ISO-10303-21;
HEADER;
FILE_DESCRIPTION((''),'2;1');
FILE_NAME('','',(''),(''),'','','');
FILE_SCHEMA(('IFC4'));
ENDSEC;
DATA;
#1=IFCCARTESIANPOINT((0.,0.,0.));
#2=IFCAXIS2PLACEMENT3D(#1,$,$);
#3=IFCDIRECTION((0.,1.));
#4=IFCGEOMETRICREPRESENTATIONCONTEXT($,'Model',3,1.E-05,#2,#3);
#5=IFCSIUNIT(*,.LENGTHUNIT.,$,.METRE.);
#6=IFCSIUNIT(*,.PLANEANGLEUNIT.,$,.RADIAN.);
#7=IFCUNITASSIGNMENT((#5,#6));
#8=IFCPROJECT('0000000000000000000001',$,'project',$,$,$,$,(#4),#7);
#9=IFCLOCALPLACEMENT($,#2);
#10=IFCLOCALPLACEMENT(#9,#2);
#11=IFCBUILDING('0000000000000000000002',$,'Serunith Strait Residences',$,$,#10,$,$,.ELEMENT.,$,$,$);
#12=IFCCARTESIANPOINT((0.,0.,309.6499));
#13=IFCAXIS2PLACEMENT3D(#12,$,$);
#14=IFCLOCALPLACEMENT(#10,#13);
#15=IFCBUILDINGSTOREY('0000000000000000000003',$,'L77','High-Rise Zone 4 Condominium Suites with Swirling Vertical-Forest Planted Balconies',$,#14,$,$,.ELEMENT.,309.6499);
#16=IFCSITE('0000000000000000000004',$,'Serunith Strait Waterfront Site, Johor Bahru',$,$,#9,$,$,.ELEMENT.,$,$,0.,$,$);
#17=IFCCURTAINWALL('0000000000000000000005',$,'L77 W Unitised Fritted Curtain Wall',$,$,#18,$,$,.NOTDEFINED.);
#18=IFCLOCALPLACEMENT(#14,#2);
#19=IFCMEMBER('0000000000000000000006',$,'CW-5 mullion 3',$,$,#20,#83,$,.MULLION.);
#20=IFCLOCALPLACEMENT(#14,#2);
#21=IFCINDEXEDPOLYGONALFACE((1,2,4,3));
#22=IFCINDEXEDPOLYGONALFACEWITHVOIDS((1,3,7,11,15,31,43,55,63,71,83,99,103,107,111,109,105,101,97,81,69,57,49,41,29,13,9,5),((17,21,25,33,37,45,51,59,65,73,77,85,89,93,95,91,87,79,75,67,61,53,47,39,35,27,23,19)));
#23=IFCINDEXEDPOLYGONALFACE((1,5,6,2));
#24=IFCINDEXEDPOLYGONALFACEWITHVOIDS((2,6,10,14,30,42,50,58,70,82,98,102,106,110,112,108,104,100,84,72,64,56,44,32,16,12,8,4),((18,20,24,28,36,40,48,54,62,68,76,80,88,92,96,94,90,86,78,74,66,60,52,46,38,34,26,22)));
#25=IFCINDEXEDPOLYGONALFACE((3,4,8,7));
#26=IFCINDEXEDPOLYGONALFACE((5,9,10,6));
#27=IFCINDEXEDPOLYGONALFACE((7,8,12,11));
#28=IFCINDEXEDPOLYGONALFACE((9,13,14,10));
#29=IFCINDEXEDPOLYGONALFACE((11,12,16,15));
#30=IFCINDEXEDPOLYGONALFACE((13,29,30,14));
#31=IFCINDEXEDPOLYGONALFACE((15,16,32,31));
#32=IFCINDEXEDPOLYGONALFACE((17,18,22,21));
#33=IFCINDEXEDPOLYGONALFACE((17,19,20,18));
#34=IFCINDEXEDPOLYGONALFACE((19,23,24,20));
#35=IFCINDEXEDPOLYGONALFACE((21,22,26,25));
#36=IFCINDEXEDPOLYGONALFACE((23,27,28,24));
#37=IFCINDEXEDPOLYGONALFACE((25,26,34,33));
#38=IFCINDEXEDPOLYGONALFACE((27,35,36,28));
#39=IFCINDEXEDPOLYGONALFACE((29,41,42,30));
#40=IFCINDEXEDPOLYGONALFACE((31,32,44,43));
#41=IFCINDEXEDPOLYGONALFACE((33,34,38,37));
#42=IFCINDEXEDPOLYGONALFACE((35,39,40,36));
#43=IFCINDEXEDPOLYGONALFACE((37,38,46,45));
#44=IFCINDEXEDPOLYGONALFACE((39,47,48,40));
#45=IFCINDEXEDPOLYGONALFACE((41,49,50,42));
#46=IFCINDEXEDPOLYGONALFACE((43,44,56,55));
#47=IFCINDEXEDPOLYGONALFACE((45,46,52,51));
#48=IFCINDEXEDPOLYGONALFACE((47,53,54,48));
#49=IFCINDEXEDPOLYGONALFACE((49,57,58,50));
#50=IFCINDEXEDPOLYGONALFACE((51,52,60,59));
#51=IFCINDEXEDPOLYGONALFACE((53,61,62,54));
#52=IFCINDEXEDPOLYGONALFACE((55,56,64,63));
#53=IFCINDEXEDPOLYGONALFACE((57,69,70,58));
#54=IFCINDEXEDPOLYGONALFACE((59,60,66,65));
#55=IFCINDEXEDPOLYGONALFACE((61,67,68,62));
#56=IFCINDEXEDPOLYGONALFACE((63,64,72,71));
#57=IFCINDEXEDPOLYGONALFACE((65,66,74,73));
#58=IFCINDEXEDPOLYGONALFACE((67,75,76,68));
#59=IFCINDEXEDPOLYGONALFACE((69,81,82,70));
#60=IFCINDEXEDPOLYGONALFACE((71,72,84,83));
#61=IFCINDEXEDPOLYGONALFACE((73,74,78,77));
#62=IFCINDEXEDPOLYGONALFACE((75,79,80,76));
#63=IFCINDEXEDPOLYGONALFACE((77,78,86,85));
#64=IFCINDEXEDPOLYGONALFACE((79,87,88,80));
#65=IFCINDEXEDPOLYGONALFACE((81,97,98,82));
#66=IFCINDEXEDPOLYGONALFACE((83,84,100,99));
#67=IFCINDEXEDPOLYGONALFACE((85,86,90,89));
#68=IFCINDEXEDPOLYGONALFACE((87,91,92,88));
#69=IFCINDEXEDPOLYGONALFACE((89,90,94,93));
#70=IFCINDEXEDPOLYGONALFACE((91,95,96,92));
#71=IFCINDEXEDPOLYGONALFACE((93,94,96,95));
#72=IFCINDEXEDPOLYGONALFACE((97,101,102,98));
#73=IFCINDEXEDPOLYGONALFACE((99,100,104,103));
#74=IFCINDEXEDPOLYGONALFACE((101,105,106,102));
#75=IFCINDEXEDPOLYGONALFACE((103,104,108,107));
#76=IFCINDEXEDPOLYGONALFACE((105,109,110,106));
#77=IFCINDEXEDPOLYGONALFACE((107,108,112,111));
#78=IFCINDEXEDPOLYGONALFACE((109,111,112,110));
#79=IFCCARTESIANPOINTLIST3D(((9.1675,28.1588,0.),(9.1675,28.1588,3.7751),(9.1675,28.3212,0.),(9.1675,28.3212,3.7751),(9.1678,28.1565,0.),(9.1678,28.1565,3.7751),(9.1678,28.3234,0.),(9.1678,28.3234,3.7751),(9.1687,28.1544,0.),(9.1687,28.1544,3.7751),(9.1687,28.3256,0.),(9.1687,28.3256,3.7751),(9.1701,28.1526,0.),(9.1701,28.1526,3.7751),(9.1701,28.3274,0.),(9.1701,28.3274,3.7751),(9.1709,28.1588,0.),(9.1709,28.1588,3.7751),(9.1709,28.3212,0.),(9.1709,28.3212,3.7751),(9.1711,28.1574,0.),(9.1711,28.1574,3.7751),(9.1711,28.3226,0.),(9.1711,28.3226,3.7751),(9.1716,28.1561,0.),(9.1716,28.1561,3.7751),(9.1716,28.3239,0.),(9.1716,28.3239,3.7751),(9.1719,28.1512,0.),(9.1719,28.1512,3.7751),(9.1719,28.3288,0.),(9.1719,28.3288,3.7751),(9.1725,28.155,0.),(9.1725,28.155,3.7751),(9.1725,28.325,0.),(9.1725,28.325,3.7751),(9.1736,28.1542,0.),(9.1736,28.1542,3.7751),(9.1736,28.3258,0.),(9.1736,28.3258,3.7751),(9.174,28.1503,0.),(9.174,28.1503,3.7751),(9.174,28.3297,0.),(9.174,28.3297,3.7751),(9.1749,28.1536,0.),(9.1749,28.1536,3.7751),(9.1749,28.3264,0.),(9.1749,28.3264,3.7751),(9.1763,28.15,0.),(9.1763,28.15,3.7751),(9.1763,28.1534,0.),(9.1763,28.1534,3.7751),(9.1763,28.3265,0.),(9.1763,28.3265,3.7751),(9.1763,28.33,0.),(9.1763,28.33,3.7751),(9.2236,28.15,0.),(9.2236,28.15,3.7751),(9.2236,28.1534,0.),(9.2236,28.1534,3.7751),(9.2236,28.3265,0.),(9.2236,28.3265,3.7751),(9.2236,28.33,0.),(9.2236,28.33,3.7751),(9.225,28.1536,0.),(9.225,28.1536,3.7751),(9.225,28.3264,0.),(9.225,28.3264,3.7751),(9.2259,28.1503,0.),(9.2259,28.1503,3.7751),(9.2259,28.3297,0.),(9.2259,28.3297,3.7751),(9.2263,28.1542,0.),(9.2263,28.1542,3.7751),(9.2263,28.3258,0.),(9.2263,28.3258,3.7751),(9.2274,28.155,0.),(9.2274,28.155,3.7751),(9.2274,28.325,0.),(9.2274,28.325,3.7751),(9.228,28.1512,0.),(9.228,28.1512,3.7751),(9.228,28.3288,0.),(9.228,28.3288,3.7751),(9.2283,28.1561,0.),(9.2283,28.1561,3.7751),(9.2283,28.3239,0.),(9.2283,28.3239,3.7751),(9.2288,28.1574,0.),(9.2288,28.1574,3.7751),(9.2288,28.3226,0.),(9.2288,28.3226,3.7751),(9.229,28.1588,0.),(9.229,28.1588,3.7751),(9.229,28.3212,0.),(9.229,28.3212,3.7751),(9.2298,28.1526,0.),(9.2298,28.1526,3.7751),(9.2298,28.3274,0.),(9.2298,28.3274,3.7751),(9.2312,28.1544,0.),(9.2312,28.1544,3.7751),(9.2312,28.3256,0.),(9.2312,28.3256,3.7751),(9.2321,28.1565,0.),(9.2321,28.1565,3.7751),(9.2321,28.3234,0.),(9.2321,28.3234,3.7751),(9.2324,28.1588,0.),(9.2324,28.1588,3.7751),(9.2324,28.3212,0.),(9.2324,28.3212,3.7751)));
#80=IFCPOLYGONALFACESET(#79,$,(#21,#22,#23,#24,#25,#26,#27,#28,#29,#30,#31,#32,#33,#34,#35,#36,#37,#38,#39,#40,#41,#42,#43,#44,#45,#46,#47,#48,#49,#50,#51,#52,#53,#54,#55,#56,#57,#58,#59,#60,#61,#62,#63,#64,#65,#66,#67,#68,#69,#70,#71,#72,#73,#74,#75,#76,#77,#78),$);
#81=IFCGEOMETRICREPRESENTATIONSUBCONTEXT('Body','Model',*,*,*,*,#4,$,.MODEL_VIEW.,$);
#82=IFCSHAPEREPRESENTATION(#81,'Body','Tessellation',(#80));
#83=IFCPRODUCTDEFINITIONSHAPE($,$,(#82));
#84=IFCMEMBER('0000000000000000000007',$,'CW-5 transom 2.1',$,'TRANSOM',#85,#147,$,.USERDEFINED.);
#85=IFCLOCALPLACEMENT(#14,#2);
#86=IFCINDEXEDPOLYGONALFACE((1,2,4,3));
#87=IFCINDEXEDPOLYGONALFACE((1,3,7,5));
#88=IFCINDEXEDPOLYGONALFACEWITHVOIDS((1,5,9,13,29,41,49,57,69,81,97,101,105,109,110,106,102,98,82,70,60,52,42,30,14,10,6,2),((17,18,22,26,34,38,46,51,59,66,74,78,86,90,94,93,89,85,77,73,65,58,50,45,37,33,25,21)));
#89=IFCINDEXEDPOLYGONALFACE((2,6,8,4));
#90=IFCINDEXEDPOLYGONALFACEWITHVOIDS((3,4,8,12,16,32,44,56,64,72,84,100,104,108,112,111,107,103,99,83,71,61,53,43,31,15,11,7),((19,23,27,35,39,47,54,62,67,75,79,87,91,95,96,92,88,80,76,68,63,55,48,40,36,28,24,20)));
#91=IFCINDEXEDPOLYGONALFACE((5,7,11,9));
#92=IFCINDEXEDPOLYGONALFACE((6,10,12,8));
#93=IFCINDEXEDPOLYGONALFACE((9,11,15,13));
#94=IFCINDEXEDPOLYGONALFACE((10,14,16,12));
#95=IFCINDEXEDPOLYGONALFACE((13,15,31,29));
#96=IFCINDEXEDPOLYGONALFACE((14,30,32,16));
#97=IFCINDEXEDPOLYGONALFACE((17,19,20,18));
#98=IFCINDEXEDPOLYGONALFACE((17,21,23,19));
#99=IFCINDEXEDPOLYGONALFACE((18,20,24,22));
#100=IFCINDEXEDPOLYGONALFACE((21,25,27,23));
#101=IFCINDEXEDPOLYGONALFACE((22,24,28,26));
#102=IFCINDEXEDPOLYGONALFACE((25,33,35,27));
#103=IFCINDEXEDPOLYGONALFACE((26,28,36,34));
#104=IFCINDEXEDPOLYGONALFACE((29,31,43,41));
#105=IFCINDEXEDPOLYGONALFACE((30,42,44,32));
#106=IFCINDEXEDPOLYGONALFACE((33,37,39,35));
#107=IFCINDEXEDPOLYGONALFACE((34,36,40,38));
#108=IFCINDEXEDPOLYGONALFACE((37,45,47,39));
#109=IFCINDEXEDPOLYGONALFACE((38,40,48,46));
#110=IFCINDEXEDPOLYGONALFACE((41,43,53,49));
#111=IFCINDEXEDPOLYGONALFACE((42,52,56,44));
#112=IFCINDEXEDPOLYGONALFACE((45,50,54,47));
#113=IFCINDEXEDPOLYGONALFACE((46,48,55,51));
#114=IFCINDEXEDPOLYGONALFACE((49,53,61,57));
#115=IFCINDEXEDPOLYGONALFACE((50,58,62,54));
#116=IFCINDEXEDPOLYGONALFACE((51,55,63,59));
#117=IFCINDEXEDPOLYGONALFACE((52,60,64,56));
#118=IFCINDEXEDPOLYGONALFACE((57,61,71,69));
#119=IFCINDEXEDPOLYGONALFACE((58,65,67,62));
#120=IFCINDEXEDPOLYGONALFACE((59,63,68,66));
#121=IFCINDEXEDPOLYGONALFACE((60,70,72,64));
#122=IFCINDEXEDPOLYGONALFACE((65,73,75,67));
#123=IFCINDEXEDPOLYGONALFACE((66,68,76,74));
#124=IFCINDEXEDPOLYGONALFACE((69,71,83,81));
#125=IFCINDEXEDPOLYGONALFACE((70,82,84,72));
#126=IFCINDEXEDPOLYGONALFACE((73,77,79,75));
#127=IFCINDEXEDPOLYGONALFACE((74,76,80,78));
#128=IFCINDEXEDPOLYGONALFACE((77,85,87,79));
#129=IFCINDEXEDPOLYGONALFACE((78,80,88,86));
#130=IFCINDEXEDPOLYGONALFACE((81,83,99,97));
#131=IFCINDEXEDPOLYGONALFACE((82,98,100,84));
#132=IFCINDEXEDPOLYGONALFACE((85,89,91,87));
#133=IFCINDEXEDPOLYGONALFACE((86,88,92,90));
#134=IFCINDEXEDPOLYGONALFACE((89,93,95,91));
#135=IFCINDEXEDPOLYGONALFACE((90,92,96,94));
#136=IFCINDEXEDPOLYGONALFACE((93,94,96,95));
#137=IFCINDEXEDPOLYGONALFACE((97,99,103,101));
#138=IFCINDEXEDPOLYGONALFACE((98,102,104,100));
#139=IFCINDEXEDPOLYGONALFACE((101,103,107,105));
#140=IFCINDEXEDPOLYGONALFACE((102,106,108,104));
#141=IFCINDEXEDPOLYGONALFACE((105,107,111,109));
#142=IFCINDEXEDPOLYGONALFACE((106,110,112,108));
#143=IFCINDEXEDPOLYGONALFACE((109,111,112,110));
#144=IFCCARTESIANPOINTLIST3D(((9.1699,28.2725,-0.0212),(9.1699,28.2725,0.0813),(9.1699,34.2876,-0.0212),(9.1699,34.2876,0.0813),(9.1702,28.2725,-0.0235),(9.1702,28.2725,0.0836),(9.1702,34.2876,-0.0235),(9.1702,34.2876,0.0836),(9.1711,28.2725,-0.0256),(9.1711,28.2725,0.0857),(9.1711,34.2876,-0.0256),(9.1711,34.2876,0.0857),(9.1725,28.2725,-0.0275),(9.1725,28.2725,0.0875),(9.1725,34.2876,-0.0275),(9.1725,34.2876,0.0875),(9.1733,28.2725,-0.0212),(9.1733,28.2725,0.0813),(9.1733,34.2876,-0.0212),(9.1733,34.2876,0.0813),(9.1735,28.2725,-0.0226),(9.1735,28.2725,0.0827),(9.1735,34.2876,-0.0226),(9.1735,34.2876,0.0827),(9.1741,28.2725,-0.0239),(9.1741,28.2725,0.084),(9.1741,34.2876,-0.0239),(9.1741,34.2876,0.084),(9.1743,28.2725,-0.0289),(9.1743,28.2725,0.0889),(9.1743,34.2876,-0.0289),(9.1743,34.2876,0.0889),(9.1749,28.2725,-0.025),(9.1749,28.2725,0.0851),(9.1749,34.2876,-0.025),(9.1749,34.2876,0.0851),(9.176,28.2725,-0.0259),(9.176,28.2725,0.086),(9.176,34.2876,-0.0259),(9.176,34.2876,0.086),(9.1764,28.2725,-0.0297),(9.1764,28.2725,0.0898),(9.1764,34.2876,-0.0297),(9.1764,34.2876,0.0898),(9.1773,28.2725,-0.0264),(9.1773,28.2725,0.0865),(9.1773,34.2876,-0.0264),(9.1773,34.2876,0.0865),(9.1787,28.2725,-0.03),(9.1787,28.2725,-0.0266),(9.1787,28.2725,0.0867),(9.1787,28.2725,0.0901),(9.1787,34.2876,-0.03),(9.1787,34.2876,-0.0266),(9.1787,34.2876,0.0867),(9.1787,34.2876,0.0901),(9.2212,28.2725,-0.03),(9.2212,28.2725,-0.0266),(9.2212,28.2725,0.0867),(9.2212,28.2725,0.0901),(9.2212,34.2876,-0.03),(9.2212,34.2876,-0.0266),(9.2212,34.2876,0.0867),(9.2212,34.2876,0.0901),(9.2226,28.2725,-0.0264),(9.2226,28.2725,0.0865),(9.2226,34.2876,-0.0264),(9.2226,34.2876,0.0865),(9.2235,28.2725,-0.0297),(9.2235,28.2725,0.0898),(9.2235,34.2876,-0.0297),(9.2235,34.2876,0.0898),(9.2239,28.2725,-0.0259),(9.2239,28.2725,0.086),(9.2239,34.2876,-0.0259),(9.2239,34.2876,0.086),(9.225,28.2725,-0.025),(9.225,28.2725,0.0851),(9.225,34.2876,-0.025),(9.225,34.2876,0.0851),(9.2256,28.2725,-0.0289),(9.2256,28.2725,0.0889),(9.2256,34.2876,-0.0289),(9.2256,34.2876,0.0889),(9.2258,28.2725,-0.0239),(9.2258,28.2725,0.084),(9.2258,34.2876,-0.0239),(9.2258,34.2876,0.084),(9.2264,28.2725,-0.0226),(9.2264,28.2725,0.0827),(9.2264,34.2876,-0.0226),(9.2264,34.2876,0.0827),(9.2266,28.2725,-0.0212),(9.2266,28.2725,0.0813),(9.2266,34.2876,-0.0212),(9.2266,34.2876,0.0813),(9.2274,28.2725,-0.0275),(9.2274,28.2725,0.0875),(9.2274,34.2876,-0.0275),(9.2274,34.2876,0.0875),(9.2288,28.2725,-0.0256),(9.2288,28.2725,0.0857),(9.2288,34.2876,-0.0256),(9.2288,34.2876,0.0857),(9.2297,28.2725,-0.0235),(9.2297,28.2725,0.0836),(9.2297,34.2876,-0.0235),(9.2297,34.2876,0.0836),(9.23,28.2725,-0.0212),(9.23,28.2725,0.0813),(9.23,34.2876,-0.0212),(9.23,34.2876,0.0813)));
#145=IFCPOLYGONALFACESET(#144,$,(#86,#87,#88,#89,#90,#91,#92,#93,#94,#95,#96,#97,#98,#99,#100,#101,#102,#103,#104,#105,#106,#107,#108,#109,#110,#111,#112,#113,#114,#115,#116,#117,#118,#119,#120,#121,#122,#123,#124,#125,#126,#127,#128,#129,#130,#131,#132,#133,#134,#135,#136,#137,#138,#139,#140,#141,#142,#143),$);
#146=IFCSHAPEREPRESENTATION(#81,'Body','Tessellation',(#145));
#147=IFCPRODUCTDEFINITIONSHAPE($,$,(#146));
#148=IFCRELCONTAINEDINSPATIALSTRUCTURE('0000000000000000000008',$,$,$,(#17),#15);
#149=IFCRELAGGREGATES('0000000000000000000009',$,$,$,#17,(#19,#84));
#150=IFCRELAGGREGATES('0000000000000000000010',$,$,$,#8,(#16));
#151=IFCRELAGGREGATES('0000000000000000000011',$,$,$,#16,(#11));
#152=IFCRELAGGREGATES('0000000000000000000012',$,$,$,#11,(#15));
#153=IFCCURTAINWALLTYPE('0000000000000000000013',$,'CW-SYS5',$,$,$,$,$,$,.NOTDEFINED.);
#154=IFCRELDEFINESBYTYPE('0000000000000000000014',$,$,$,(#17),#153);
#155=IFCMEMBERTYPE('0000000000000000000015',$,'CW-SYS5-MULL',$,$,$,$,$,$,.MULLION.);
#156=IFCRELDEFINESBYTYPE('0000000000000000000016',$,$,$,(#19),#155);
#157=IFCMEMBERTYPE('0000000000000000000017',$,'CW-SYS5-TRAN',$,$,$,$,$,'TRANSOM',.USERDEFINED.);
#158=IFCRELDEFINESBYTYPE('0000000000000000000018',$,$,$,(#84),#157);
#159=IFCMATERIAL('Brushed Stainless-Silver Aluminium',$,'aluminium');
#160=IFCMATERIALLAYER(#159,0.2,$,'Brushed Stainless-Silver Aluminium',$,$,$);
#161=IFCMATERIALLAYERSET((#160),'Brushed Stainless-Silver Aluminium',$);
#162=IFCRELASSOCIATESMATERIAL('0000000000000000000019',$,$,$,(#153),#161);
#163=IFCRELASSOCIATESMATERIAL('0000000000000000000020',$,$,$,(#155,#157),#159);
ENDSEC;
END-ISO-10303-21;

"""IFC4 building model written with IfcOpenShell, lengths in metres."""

from ifc_helpers import new_model, si_unit, direction, frame, origin, origin_2d, place, context, subcontext, project, spatial, hollow_rectangle, extrude, source, transform, mapped, material, layer, layer_set, material_profile, profile_set, type_object, element, aggregate, save


model = new_model("IFC4")

# Units and contexts
model_context = context("Model", 3, precision=1e-05, world=origin(), true_north=direction((0.0, 1.0)))
body_context = subcontext(model_context, "Body", "Model", "MODEL_VIEW")
ifc_project = project(units=[si_unit("LENGTHUNIT", "METRE"), si_unit("PLANEANGLEUNIT", "RADIAN")], contexts=[model_context])

# Site, building, storey
site_placement = place(None, origin())
site = spatial("IfcSite", under=ifc_project, at=site_placement, Name="Serunith Strait Waterfront Site, Johor Bahru", CompositionType="ELEMENT", RefElevation=0.0)
building_placement = place(site_placement, origin())
building = spatial("IfcBuilding", under=site, at=building_placement, Name="Serunith Strait Residences", CompositionType="ELEMENT")
storey_placement = place(building_placement, frame((0.0, 0.0, 309.6499)))
storey = spatial("IfcBuildingStorey", under=building, at=storey_placement, Name="L77", Description="High-Rise Zone 4 Condominium Suites with Swirling Vertical-Forest Planted Balconies", CompositionType="ELEMENT", Elevation=309.6499)

# Curtain wall, members
ifc_material_1 = material(Name="Brushed Stainless-Silver Aluminium", Category="aluminium")
ifc_layer_1 = layer(ifc_material_1, 0.2, Name="Brushed Stainless-Silver Aluminium")
ifc_layer_set_1 = layer_set([ifc_layer_1], Name="Brushed Stainless-Silver Aluminium")
curtain_wall_type = type_object("IfcCurtainWallType", Name="CW-SYS5", PredefinedType="NOTDEFINED", material=ifc_layer_set_1)
curtain_wall_placement = place(storey_placement, origin())
curtain_wall = element("IfcCurtainWall", 1, at=curtain_wall_placement, inside=storey, type_object=curtain_wall_type, Name="L77 W Unitised Fritted Curtain Wall", PredefinedType="NOTDEFINED")
ifc_material_profile_1 = material_profile(ifc_material_1, hollow_rectangle(XDim=0.0649, YDim=0.1799, WallThickness=0.0034, InnerFilletRadius=0.0054, OuterFilletRadius=0.0088, at=origin_2d()), Name="ALU 180x65x3.5")
ifc_profile_set_1 = profile_set([ifc_material_profile_1], Name="Brushed Stainless-Silver Aluminium")
member_type_1 = type_object("IfcMemberType", Name="CW-SYS5-MULL", PredefinedType="MULLION", material=ifc_profile_set_1)
shared_shape_1 = source(origin(), body_context, "Body", "SweptSolid", [
    extrude(hollow_rectangle(XDim=0.0649, YDim=0.1799, WallThickness=0.0034, InnerFilletRadius=0.0054, OuterFilletRadius=0.0088, at=origin_2d()), origin(), (0.0, 0.0, 1.0), 3.7751),
])
member_1_placement = place(storey_placement, frame((9.2, 28.24, 0.0), z_axis=(0.0, 0.0, 1.0), x_axis=(1.0, 0.0, 0.0)))
member_1 = element("IfcMember", 2, at=member_1_placement, type_object=member_type_1, Name="CW-5 mullion 3", PredefinedType="MULLION", context=body_context, shape_type="MappedRepresentation", body=[
    mapped(shared_shape_1, transform((0.0, 0.0, 0.0), scale=1.0)),
])
ifc_material_profile_2 = material_profile(ifc_material_1, hollow_rectangle(XDim=0.0601, YDim=0.1201, WallThickness=0.0034, InnerFilletRadius=0.0054, OuterFilletRadius=0.0088, at=origin_2d()), Name="ALU 120x60x3.5")
ifc_profile_set_2 = profile_set([ifc_material_profile_2], Name="Brushed Stainless-Silver Aluminium")
member_type_2 = type_object("IfcMemberType", Name="CW-SYS5-TRAN", ElementType="TRANSOM", PredefinedType="USERDEFINED", material=ifc_profile_set_2)
shared_shape_2 = source(origin(), body_context, "Body", "SweptSolid", [
    extrude(hollow_rectangle(XDim=0.0601, YDim=0.1201, WallThickness=0.0034, InnerFilletRadius=0.0054, OuterFilletRadius=0.0088, at=origin_2d()), origin(), (0.0, 0.0, 1.0), 6.0151),
])
member_2_placement = place(storey_placement, frame((9.2, 34.2876, 0.03), z_axis=(0.0, -1.0, 0.0), x_axis=(1.0, 0.0, 0.0)))
member_2 = element("IfcMember", 3, at=member_2_placement, type_object=member_type_2, Name="CW-5 transom 2.1", ObjectType="TRANSOM", PredefinedType="USERDEFINED", context=body_context, shape_type="MappedRepresentation", body=[
    mapped(shared_shape_2, transform((0.0, 0.0, 0.0), scale=1.0)),
])
aggregate(curtain_wall, [member_1, member_2])

save(model, "model.ifc")
